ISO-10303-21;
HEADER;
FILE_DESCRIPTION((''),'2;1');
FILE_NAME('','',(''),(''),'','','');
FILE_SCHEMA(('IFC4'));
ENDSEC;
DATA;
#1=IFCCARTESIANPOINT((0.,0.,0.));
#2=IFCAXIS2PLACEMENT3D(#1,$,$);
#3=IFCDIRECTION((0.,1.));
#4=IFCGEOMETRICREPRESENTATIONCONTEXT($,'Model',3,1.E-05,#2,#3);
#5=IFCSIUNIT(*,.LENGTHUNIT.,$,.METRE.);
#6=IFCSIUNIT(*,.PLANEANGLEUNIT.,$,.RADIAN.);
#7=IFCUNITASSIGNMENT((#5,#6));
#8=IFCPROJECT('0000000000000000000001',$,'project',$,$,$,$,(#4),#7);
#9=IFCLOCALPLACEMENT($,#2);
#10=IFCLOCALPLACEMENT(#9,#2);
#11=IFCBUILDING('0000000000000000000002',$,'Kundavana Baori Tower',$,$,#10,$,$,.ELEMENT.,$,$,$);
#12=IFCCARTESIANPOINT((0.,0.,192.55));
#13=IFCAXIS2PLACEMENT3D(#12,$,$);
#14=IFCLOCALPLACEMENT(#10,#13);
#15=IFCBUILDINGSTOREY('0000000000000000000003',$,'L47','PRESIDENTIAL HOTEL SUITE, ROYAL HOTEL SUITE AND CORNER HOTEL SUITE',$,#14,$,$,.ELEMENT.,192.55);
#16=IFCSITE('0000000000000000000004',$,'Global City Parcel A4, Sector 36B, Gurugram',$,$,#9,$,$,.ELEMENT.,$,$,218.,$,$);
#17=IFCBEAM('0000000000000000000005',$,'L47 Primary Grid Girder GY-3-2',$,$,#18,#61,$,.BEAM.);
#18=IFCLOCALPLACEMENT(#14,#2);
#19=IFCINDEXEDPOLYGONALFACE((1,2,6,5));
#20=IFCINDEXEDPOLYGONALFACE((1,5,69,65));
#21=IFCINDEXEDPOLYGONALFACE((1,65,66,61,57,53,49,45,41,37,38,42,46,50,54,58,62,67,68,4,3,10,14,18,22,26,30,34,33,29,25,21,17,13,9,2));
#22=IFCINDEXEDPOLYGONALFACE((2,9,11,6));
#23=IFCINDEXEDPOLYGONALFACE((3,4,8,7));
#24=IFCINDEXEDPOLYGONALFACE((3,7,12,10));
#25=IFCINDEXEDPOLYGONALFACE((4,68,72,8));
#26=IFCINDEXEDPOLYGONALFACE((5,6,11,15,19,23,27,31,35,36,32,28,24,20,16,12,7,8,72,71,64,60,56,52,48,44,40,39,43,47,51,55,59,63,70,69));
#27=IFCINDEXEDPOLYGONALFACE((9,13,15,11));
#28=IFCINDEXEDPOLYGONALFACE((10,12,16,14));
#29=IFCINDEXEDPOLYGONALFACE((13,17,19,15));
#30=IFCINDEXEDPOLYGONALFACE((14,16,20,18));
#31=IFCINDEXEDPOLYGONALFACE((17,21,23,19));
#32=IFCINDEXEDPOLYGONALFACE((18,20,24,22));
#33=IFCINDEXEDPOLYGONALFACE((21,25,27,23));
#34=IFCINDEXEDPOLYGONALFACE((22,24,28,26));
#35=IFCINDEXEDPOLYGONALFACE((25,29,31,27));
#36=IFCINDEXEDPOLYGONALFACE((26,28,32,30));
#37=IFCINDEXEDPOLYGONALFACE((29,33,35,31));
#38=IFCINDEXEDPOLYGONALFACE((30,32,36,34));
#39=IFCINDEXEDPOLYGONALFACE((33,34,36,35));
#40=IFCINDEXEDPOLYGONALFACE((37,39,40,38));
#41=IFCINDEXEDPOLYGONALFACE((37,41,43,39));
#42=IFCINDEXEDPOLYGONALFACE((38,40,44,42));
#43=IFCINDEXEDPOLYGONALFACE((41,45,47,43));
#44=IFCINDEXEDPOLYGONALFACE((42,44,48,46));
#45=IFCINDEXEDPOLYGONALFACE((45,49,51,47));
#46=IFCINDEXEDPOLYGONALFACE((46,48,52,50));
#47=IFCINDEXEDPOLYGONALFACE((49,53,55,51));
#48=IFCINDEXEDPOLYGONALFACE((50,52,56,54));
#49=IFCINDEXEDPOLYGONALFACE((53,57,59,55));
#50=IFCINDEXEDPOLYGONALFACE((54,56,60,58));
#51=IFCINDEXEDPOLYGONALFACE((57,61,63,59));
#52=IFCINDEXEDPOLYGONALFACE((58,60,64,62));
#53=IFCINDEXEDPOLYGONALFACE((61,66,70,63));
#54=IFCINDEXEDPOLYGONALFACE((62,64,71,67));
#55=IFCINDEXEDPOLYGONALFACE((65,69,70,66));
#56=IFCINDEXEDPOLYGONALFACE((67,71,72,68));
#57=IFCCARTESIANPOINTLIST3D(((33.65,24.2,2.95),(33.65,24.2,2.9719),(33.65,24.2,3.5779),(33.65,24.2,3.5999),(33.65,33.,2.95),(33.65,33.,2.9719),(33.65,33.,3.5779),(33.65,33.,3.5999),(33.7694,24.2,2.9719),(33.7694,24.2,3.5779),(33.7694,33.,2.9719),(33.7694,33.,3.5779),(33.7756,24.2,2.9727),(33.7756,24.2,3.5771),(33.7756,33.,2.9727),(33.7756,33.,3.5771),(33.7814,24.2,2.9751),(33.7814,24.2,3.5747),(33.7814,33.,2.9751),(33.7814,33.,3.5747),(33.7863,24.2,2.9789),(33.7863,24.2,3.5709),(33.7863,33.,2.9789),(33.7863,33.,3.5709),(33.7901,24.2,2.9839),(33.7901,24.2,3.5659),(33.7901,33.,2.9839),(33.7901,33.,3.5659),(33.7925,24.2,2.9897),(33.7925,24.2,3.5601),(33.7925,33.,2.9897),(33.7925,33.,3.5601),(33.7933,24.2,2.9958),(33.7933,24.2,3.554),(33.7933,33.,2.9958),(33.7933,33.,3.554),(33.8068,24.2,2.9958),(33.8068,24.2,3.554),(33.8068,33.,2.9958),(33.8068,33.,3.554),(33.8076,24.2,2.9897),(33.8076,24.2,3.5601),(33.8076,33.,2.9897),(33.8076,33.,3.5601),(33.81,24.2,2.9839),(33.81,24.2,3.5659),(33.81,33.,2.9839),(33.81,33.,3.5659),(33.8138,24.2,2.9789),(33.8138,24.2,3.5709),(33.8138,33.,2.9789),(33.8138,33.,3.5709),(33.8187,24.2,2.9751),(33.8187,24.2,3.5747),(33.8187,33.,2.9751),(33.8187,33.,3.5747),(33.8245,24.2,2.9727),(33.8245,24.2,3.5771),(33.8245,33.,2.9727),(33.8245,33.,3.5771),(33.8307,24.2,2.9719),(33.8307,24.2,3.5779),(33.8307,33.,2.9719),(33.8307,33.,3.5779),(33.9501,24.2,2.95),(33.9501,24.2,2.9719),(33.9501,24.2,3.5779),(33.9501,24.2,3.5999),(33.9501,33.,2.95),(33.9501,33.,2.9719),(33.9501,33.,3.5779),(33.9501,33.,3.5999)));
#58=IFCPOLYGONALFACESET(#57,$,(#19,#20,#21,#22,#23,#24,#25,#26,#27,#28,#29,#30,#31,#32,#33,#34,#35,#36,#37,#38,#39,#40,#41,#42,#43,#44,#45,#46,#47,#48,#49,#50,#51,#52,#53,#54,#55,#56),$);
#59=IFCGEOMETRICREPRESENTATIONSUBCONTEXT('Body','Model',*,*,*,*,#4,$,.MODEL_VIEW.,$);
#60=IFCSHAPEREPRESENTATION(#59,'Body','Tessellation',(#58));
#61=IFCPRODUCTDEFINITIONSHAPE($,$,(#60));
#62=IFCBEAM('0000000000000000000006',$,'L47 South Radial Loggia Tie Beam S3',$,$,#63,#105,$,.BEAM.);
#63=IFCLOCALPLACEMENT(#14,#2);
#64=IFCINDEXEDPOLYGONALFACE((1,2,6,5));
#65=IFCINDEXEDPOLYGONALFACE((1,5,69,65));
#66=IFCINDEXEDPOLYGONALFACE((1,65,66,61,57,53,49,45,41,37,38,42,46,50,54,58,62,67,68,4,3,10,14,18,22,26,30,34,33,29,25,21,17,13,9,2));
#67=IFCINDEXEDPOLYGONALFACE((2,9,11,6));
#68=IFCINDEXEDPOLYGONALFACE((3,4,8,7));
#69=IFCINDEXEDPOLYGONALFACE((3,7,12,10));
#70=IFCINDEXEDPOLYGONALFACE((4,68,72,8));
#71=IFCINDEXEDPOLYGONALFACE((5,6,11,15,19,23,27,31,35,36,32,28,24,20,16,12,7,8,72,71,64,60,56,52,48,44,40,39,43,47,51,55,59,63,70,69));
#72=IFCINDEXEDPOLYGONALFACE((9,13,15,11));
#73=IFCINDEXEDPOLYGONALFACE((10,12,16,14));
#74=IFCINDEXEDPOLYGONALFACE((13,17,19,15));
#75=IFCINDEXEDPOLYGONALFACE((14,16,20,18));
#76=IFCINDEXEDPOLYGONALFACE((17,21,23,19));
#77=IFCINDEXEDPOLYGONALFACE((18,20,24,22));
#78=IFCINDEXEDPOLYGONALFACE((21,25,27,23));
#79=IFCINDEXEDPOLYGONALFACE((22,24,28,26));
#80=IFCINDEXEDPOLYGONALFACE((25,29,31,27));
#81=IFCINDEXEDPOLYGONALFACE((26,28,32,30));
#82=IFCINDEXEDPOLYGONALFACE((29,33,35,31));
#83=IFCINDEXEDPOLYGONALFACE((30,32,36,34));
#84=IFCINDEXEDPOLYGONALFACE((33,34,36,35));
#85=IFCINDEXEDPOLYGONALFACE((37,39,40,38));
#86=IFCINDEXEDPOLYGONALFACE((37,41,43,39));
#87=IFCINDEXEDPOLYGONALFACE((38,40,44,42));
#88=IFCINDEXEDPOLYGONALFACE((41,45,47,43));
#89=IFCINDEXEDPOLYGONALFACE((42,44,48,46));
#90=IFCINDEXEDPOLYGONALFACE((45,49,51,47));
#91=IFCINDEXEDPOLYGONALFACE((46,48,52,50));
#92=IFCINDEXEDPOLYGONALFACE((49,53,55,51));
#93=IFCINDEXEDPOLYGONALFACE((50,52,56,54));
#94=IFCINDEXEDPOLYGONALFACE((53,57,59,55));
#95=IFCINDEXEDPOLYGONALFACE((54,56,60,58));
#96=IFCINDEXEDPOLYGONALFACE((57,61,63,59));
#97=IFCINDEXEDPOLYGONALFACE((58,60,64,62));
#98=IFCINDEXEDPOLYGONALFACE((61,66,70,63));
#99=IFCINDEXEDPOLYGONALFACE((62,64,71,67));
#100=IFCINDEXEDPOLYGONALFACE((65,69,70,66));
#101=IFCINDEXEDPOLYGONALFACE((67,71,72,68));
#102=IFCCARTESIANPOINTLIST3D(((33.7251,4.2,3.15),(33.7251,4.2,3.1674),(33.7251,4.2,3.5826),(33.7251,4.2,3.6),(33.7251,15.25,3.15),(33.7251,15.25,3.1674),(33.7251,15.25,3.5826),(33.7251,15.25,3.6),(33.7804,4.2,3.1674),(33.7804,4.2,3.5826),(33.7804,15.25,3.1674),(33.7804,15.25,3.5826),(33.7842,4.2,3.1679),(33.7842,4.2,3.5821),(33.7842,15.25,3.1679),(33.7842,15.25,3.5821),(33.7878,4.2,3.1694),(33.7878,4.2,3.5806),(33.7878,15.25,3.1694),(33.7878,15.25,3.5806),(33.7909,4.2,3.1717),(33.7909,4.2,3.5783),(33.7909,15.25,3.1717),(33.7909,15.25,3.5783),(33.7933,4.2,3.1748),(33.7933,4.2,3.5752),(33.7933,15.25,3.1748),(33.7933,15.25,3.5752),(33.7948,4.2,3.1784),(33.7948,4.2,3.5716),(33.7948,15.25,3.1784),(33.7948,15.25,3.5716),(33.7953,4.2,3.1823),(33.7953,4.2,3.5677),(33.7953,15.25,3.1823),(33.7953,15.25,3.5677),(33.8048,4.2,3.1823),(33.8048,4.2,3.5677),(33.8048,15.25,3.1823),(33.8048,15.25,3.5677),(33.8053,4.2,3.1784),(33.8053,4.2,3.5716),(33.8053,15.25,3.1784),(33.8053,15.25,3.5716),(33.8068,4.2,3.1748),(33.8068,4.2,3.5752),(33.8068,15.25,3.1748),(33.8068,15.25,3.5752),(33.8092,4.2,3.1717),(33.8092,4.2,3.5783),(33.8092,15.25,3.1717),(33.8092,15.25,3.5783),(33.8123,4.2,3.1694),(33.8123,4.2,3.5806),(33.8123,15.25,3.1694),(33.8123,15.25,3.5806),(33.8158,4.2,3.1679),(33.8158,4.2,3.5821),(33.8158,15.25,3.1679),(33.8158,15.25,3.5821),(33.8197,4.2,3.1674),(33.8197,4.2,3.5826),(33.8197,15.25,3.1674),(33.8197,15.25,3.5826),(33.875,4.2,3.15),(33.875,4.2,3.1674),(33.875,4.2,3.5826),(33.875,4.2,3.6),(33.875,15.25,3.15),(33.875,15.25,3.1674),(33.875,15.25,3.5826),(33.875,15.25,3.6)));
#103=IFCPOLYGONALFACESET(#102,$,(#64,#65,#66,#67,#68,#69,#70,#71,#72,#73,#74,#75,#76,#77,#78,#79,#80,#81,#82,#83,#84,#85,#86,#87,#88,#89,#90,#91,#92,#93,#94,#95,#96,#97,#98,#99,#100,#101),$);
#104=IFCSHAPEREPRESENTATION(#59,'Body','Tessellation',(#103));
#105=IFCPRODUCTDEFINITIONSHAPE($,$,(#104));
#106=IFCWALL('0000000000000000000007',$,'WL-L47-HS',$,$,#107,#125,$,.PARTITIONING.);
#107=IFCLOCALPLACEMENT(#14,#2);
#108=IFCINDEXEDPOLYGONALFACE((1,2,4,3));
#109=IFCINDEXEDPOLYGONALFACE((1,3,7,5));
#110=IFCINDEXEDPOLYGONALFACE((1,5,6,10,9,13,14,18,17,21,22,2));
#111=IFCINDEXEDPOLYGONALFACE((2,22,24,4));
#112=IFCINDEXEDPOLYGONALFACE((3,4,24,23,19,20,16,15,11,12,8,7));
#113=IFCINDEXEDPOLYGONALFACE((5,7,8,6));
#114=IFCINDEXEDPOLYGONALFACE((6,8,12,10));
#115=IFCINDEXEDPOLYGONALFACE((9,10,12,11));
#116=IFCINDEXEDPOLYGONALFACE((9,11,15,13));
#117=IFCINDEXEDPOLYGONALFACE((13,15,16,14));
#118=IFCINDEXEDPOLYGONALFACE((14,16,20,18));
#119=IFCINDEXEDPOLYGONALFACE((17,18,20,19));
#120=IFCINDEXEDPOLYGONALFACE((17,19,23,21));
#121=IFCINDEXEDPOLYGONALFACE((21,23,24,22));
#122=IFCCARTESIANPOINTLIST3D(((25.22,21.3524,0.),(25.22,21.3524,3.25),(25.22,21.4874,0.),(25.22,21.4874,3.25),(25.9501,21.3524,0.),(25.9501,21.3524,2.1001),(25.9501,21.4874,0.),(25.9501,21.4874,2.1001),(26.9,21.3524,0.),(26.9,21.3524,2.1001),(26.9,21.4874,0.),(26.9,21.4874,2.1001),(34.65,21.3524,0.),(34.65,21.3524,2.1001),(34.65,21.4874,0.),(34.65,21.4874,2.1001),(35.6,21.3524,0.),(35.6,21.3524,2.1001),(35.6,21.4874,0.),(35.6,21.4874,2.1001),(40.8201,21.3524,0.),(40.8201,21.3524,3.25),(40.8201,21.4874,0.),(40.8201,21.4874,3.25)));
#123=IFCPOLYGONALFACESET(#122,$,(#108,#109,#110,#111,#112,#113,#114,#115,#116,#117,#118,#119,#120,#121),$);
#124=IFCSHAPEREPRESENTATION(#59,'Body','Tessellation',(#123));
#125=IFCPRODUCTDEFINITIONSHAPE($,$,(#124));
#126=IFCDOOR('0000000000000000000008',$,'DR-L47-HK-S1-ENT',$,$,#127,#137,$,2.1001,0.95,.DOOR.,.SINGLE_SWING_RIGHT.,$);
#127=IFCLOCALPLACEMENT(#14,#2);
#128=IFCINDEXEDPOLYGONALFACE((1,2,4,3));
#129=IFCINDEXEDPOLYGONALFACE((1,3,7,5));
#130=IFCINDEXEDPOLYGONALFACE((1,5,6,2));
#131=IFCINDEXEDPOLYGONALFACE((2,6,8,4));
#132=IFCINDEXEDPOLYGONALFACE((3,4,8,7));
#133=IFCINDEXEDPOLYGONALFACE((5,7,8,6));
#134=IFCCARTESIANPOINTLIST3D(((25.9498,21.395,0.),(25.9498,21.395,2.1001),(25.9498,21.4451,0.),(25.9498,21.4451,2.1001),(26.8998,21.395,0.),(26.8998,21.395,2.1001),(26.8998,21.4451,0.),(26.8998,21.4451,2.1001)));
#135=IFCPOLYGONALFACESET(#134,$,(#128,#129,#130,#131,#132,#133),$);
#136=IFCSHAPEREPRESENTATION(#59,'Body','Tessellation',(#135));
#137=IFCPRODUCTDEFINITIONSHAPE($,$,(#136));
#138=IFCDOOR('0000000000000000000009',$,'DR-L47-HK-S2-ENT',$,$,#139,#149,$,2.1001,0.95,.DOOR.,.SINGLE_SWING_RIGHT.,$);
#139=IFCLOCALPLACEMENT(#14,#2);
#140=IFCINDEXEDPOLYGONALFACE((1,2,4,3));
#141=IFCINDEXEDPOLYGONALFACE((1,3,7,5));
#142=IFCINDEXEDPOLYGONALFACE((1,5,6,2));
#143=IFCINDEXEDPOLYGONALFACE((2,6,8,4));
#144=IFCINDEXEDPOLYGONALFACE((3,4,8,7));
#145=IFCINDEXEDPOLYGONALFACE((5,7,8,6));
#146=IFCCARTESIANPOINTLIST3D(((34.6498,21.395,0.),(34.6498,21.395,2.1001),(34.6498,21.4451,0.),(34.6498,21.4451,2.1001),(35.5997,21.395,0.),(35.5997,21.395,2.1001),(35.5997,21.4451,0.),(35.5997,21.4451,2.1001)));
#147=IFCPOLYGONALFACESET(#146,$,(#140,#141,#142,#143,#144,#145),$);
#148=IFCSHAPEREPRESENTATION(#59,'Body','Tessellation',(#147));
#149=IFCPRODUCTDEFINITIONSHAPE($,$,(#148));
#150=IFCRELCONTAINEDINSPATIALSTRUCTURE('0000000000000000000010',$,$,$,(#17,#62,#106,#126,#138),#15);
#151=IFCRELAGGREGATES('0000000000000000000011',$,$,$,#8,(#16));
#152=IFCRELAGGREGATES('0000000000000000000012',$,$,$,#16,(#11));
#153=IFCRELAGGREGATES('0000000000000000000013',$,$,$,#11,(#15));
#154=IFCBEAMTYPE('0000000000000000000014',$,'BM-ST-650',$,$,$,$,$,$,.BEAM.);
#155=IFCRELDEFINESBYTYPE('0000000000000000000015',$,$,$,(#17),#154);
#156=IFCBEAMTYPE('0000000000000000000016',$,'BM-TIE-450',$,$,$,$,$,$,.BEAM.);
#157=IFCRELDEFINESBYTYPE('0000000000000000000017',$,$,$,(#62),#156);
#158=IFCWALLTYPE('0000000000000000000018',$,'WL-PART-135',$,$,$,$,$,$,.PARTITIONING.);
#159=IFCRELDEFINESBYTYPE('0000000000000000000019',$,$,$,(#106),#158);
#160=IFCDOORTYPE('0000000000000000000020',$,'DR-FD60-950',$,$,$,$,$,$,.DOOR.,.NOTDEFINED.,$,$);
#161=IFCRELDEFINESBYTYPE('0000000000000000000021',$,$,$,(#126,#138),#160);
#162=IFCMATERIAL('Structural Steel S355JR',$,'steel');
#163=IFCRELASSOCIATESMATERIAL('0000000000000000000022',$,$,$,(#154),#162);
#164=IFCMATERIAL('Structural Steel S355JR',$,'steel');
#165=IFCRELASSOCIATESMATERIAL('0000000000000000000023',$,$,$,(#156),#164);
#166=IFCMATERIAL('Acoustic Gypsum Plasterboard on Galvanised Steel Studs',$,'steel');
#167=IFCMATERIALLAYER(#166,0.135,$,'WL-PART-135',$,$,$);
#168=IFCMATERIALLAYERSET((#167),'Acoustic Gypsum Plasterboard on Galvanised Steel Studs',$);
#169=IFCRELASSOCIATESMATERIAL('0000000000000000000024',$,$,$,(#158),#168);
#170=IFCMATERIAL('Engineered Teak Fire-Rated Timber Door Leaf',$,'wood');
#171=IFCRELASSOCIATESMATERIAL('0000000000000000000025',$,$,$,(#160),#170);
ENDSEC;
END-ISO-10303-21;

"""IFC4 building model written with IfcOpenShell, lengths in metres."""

from ifc_helpers import new_model, si_unit, direction, frame, frame_2d, origin, origin_2d, place, context, subcontext, project, spatial, rectangle, i_section, extrude, material, layer, layer_set, material_profile, profile_set, type_object, element, fill, save


model = new_model("IFC4")

# Units and contexts
model_context = context("Model", 3, precision=1e-05, world=origin(), true_north=direction((0.0, 1.0)))
body_context = subcontext(model_context, "Body", "Model", "MODEL_VIEW")
ifc_project = project(units=[si_unit("LENGTHUNIT", "METRE"), si_unit("PLANEANGLEUNIT", "RADIAN")], contexts=[model_context])

# Site, building, storey
site_placement = place(None, origin())
site = spatial("IfcSite", under=ifc_project, at=site_placement, Name="Global City Parcel A4, Sector 36B, Gurugram", CompositionType="ELEMENT", RefElevation=218.0)
building_placement = place(site_placement, origin())
building = spatial("IfcBuilding", under=site, at=building_placement, Name="Kundavana Baori Tower", CompositionType="ELEMENT")
storey_placement = place(building_placement, frame((0.0, 0.0, 192.55)))
storey = spatial("IfcBuildingStorey", under=building, at=storey_placement, Name="L47", Description="PRESIDENTIAL HOTEL SUITE, ROYAL HOTEL SUITE AND CORNER HOTEL SUITE", CompositionType="ELEMENT", Elevation=192.55)

# Beams
ifc_material_1 = material(Name="Structural Steel S355JR", Category="steel")
ifc_material_profile_1 = material_profile(ifc_material_1, i_section(OverallWidth=0.3, OverallDepth=0.6499, WebThickness=0.0134, FlangeThickness=0.022, FilletRadius=0.0239, at=origin_2d()), Name="NPB 650x300x155")
ifc_profile_set_1 = profile_set([ifc_material_profile_1], Name="Structural Steel S355JR")
beam_type_1 = type_object("IfcBeamType", Name="BM-ST-650", PredefinedType="BEAM", material=ifc_profile_set_1)
beam_1_placement = place(storey_placement, frame((33.8, 24.2, 3.2749), z_axis=(0.0, 1.0, 0.0), x_axis=(-1.0, 0.0, 0.0)))
element("IfcBeam", 1, at=beam_1_placement, inside=storey, type_object=beam_type_1, Name="L47 Primary Grid Girder GY-3-2", PredefinedType="BEAM", context=body_context, shape_type="SweptSolid", body=[
    extrude(i_section(OverallWidth=0.3, OverallDepth=0.6499, WebThickness=0.0134, FlangeThickness=0.022, FilletRadius=0.0239, at=origin_2d()), origin(), (0.0, 0.0, 1.0), 8.8),
])
ifc_material_2 = material(Name="Structural Steel S355JR", Category="steel")
ifc_material_profile_2 = material_profile(ifc_material_2, i_section(OverallWidth=0.1499, OverallDepth=0.45, WebThickness=0.0095, FlangeThickness=0.0173, FilletRadius=0.0149, at=origin_2d()), Name="ISMB 450")
ifc_profile_set_2 = profile_set([ifc_material_profile_2], Name="Structural Steel S355JR")
beam_type_2 = type_object("IfcBeamType", Name="BM-TIE-450", PredefinedType="BEAM", material=ifc_profile_set_2)
beam_2_placement = place(storey_placement, frame((33.8, 15.25, 3.375), z_axis=(0.0, -1.0, 0.0), x_axis=(1.0, 0.0, 0.0)))
element("IfcBeam", 2, at=beam_2_placement, inside=storey, type_object=beam_type_2, Name="L47 South Radial Loggia Tie Beam S3", PredefinedType="BEAM", context=body_context, shape_type="SweptSolid", body=[
    extrude(i_section(OverallWidth=0.1499, OverallDepth=0.45, WebThickness=0.0095, FlangeThickness=0.0173, FilletRadius=0.0149, at=origin_2d()), origin(), (0.0, 0.0, 1.0), 11.05),
])

# Wall, openings, doors
ifc_material_3 = material(Name="Acoustic Gypsum Plasterboard on Galvanised Steel Studs", Category="steel")
ifc_layer_1 = layer(ifc_material_3, 0.135, Name="WL-PART-135")
ifc_layer_set_1 = layer_set([ifc_layer_1], Name="Acoustic Gypsum Plasterboard on Galvanised Steel Studs")
wall_type_1 = type_object("IfcWallType", Name="WL-PART-135", PredefinedType="PARTITIONING", material=ifc_layer_set_1)
wall_1_placement = place(storey_placement, frame((25.22, 21.4199, 0.0), z_axis=(0.0, 0.0, 1.0), x_axis=(1.0, 0.0, 0.0)))
wall_1 = element("IfcWall", 3, at=wall_1_placement, inside=storey, type_object=wall_type_1, Name="WL-L47-HS", PredefinedType="PARTITIONING", context=body_context, shape_type="SweptSolid", body=[
    extrude(rectangle(XDim=15.6001, YDim=0.135, at=frame_2d((7.8, 0.0))), origin(), (0.0, 0.0, 1.0), 3.25),
])
opening_1_placement = place(wall_1_placement, frame((0.73, 0.0, 0.0)))
opening_1 = element("IfcOpeningElement", 4, at=opening_1_placement, cuts=wall_1, PredefinedType="OPENING", context=body_context, shape_type="SweptSolid", body=[
    extrude(rectangle(XDim=0.95, YDim=2.1001, at=frame_2d((0.4751, 1.05))), frame((0.0, 0.0776, 0.0), z_axis=(0.0, -1.0, 0.0), x_axis=(1.0, 0.0, 0.0)), (0.0, 0.0, 1.0), 0.155),
])
opening_2_placement = place(wall_1_placement, frame((9.4299, 0.0, 0.0)))
opening_2 = element("IfcOpeningElement", 5, at=opening_2_placement, cuts=wall_1, PredefinedType="OPENING", context=body_context, shape_type="SweptSolid", body=[
    extrude(rectangle(XDim=0.95, YDim=2.1001, at=frame_2d((0.4751, 1.05))), frame((0.0, 0.0776, 0.0), z_axis=(0.0, -1.0, 0.0), x_axis=(1.0, 0.0, 0.0)), (0.0, 0.0, 1.0), 0.155),
])
ifc_material_4 = material(Name="Engineered Teak Fire-Rated Timber Door Leaf", Category="wood")
door_type_1 = type_object("IfcDoorType", Name="DR-FD60-950", OperationType="NOTDEFINED", PredefinedType="DOOR", material=ifc_material_4)
door_1_placement = place(opening_1_placement, frame((0.95, 0.0, 0.0), z_axis=(0.0, 0.0, 1.0), x_axis=(-1.0, 0.0, 0.0)))
door_1 = element("IfcDoor", 6, at=door_1_placement, inside=storey, type_object=door_type_1, Name="DR-L47-HK-S1-ENT", OperationType="SINGLE_SWING_RIGHT", OverallHeight=2.1001, OverallWidth=0.95, PredefinedType="DOOR", context=body_context, shape_type="SweptSolid", body=[
    extrude(rectangle(XDim=0.95, YDim=2.1001, at=frame_2d((0.4751, 1.05))), frame((0.0, 0.0249, 0.0), z_axis=(0.0, -1.0, 0.0), x_axis=(1.0, 0.0, 0.0)), (0.0, 0.0, 1.0), 0.05),
])
fill(opening_1, door_1)
door_2_placement = place(opening_2_placement, frame((0.95, 0.0, 0.0), z_axis=(0.0, 0.0, 1.0), x_axis=(-1.0, 0.0, 0.0)))
door_2 = element("IfcDoor", 7, at=door_2_placement, inside=storey, type_object=door_type_1, Name="DR-L47-HK-S2-ENT", OperationType="SINGLE_SWING_RIGHT", OverallHeight=2.1001, OverallWidth=0.95, PredefinedType="DOOR", context=body_context, shape_type="SweptSolid", body=[
    extrude(rectangle(XDim=0.95, YDim=2.1001, at=frame_2d((0.4751, 1.05))), frame((0.0, 0.0249, 0.0), z_axis=(0.0, -1.0, 0.0), x_axis=(1.0, 0.0, 0.0)), (0.0, 0.0, 1.0), 0.05),
])
fill(opening_2, door_2)

save(model, "model.ifc")
